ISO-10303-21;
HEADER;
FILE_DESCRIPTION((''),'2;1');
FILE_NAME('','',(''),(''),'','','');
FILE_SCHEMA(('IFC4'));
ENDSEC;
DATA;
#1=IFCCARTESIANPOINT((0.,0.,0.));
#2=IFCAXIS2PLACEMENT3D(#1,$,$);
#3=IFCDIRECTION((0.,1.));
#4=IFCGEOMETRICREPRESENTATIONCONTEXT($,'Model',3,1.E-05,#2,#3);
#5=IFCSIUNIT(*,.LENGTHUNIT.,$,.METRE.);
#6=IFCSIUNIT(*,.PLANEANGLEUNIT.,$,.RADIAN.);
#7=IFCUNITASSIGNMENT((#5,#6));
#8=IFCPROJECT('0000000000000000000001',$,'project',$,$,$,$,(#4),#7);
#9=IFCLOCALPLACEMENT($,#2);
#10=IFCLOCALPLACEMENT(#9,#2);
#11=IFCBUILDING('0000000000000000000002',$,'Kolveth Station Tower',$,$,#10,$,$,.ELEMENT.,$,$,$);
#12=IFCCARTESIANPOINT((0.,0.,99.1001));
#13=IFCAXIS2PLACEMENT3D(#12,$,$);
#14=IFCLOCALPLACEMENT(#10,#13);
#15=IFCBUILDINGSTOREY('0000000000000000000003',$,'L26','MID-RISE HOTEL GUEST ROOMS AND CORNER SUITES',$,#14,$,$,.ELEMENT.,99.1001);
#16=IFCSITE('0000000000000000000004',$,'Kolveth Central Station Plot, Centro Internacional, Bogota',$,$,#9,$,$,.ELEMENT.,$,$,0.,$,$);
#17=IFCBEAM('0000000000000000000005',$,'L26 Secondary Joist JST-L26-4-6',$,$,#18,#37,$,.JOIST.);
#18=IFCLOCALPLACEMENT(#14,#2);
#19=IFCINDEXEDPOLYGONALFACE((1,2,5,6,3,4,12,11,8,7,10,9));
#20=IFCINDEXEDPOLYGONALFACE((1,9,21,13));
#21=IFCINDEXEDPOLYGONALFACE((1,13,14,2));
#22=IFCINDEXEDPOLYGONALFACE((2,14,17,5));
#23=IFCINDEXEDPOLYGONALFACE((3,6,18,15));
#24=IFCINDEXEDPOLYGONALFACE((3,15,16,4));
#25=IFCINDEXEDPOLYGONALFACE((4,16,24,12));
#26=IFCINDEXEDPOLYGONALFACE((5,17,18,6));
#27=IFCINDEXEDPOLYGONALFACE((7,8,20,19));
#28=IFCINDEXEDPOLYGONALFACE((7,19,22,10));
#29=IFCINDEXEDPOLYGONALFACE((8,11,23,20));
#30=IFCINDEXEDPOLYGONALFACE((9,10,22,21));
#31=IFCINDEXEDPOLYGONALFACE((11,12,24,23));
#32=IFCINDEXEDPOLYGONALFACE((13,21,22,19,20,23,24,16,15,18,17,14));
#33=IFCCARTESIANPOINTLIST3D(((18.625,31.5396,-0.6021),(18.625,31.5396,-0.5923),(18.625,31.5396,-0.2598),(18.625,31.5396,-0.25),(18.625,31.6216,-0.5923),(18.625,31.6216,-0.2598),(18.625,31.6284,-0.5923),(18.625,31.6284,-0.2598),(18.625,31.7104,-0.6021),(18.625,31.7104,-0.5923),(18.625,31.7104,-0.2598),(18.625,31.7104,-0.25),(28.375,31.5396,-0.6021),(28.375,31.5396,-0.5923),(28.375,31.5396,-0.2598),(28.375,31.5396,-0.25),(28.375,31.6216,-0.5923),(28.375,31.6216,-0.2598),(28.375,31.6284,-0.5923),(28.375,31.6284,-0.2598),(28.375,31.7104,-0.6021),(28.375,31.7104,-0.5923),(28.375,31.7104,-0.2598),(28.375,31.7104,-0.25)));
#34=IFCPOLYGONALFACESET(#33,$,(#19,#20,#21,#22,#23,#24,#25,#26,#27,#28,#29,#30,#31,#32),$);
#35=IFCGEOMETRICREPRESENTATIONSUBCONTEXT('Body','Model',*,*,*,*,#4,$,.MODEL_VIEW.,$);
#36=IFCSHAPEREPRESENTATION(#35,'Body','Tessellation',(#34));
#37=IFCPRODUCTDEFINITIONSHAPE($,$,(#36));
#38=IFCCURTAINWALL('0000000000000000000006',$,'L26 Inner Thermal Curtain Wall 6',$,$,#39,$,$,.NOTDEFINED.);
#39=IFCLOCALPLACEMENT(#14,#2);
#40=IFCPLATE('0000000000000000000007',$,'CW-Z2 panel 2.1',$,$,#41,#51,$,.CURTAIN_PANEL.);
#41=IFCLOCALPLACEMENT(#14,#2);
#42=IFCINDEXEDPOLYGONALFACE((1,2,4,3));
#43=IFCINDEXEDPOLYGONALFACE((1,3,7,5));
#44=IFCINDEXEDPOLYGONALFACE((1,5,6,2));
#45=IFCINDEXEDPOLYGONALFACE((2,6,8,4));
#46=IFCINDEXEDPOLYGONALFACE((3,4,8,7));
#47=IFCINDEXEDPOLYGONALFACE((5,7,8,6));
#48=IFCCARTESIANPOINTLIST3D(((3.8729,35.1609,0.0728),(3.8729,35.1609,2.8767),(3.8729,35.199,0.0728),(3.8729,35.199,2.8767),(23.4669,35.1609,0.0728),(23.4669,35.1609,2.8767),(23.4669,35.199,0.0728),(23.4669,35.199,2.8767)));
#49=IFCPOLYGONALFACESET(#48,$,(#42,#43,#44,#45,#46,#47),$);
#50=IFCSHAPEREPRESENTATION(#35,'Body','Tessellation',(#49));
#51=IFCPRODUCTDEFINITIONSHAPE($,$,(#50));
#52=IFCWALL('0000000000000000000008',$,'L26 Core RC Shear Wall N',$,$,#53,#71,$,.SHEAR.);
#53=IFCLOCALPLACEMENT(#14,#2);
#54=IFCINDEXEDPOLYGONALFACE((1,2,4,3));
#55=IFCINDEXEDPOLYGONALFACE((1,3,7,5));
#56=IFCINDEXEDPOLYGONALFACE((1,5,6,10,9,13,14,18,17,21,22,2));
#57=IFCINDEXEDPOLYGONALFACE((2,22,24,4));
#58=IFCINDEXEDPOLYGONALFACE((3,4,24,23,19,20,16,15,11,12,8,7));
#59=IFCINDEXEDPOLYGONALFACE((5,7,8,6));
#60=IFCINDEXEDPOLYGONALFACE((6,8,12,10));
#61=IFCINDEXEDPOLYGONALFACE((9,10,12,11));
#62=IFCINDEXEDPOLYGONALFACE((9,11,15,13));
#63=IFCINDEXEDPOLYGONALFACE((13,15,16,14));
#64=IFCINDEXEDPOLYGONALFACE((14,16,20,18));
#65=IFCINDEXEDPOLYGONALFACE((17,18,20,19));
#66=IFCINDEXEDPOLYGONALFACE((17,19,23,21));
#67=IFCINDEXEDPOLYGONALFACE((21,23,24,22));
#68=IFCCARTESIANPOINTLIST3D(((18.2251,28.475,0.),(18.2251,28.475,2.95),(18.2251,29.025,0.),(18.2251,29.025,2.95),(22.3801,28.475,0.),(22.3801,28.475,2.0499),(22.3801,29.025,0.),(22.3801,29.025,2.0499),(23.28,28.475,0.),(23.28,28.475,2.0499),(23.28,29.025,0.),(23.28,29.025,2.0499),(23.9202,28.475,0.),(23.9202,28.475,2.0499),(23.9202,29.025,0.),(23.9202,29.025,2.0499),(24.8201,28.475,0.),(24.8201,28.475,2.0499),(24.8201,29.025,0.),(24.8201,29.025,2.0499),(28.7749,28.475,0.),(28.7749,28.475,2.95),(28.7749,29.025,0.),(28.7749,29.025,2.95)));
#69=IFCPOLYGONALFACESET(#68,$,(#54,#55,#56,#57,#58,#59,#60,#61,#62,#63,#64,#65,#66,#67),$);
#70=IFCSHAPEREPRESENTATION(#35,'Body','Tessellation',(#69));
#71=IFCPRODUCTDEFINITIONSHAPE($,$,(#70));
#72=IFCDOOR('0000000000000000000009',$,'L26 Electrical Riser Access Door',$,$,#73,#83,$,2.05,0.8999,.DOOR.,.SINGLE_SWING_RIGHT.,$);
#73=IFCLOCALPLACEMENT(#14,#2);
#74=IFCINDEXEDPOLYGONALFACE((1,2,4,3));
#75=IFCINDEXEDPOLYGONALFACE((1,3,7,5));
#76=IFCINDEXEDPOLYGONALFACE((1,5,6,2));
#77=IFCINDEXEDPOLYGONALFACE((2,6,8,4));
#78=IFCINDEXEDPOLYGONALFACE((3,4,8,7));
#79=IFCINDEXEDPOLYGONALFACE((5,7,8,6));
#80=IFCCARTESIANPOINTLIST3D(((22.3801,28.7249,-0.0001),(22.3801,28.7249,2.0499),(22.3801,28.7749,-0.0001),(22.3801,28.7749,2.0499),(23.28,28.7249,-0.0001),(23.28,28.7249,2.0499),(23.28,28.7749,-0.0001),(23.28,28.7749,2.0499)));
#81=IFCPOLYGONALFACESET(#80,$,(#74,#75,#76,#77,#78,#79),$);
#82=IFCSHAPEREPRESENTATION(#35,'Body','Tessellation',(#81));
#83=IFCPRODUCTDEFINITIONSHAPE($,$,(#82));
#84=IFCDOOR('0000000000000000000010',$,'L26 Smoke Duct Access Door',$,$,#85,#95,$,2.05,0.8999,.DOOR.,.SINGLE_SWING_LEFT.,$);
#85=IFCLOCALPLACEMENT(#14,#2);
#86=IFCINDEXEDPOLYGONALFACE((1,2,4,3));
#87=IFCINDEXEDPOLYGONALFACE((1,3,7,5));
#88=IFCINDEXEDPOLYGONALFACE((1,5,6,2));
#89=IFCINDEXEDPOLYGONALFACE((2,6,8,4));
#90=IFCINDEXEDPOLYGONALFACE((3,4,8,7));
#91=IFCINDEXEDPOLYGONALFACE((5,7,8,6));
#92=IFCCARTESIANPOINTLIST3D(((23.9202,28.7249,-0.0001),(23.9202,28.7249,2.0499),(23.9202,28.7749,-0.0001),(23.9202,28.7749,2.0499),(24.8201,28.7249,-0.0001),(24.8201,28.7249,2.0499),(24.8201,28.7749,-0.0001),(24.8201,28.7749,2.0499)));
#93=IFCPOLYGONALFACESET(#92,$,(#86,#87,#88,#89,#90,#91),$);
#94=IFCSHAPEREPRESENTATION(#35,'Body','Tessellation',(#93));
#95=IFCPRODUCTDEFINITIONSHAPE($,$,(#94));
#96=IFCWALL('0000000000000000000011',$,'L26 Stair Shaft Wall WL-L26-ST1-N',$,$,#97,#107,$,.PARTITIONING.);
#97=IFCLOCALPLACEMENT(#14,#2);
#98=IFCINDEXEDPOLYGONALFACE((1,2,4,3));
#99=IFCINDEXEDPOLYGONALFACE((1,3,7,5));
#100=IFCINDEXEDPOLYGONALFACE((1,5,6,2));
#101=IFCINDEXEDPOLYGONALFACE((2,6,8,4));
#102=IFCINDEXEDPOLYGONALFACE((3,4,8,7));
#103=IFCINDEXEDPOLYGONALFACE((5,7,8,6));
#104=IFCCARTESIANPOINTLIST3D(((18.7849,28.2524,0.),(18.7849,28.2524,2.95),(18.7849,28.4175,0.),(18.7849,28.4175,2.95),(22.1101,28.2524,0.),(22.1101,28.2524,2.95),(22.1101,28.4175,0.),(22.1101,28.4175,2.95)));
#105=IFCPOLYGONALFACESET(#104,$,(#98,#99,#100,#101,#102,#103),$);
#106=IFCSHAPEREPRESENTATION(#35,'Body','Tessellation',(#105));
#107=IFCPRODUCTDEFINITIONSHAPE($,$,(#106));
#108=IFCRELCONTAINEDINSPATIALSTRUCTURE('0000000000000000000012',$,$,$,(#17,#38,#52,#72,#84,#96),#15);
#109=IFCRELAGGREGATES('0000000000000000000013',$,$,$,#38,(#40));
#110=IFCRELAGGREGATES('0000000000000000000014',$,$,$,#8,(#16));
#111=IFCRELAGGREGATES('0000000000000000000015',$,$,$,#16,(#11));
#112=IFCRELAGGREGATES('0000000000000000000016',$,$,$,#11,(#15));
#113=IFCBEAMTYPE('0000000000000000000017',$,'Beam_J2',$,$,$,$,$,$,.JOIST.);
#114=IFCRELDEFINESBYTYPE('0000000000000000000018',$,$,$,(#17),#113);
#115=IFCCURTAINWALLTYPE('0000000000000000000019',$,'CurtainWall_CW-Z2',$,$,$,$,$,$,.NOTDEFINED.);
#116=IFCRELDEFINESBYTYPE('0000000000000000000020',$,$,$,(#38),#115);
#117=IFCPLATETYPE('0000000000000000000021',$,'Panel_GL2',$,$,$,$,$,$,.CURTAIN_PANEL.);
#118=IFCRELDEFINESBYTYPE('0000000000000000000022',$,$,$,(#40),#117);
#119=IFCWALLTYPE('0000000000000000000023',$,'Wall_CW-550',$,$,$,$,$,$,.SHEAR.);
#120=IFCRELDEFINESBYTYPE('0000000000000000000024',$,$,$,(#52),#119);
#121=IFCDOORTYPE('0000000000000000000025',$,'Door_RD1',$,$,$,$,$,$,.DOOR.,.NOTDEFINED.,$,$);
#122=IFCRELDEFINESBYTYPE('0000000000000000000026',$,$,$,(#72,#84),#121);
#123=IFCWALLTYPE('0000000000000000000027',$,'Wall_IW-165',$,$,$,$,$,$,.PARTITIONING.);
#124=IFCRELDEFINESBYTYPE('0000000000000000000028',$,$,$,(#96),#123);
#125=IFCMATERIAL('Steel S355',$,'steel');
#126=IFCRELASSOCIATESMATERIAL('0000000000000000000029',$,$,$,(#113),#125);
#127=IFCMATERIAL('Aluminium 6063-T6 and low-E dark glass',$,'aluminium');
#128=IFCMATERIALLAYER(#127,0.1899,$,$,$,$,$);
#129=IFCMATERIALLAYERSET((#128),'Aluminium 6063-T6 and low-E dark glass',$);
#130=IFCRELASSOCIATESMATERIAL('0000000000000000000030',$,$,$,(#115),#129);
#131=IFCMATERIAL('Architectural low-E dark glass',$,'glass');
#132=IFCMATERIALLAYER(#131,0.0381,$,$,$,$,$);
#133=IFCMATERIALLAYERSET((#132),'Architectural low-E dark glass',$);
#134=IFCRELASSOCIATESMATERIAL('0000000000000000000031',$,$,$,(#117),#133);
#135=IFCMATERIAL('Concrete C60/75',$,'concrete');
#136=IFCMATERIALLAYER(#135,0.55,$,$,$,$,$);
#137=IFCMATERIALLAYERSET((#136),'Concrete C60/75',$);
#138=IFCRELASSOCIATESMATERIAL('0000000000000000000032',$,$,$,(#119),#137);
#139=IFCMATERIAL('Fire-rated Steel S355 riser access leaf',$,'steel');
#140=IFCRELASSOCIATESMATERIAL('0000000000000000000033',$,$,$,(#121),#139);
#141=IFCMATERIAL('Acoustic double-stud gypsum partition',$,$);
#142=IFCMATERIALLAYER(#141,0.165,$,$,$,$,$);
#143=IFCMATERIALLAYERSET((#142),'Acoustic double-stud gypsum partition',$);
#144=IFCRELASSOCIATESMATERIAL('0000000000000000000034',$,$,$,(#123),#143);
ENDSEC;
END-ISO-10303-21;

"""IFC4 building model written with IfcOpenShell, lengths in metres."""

from ifc_helpers import new_model, si_unit, direction, frame, frame_2d, origin, origin_2d, place, context, subcontext, project, spatial, rectangle, i_section, extrude, source, transform, mapped, material, layer, layer_set, material_profile, profile_set, type_object, element, fill, aggregate, save


model = new_model("IFC4")

# Units and contexts
model_context = context("Model", 3, precision=1e-05, world=origin(), true_north=direction((0.0, 1.0)))
body_context = subcontext(model_context, "Body", "Model", "MODEL_VIEW")
ifc_project = project(units=[si_unit("LENGTHUNIT", "METRE"), si_unit("PLANEANGLEUNIT", "RADIAN")], contexts=[model_context])

# Site, building, storey
site_placement = place(None, origin())
site = spatial("IfcSite", under=ifc_project, at=site_placement, Name="Kolveth Central Station Plot, Centro Internacional, Bogota", CompositionType="ELEMENT", RefElevation=0.0)
building_placement = place(site_placement, origin())
building = spatial("IfcBuilding", under=site, at=building_placement, Name="Kolveth Station Tower", CompositionType="ELEMENT")
storey_placement = place(building_placement, frame((0.0, 0.0, 99.1001)))
storey = spatial("IfcBuildingStorey", under=building, at=storey_placement, Name="L26", Description="MID-RISE HOTEL GUEST ROOMS AND CORNER SUITES", CompositionType="ELEMENT", Elevation=99.1001)

# Shared definitions
ifc_material_1 = material(Name="Steel S355", Category="steel")

# Beam
ifc_material_profile_1 = material_profile(ifc_material_1, i_section(OverallWidth=0.1709, OverallDepth=0.3521, WebThickness=0.0068, FlangeThickness=0.0098, at=origin_2d()), Name="W360x44")
ifc_profile_set_1 = profile_set([ifc_material_profile_1], Name="Steel S355")
beam_type_1 = type_object("IfcBeamType", Name="Beam_J2", PredefinedType="JOIST", material=ifc_profile_set_1)
shared_shape_1 = source(origin(), body_context, "Body", "SweptSolid", [
    extrude(i_section(OverallWidth=0.1709, OverallDepth=0.3521, WebThickness=0.0068, FlangeThickness=0.0098, at=origin_2d()), origin(), (0.0, 0.0, 1.0), 9.75),
])
beam_1_placement = place(storey_placement, frame((18.625, 31.625, -0.426), z_axis=(1.0, 0.0, 0.0), x_axis=(0.0, 1.0, 0.0)))
element("IfcBeam", 1, at=beam_1_placement, inside=storey, type_object=beam_type_1, Name="L26 Secondary Joist JST-L26-4-6", PredefinedType="JOIST", context=body_context, shape_type="MappedRepresentation", body=[
    mapped(shared_shape_1, transform((0.0, 0.0, 0.0), x_axis=(1.0, 0.0, 0.0), y_axis=(0.0, 1.0, 0.0), z_axis=(0.0, 0.0, 1.0), scale=1.0)),
])

# Curtain wall, plate
ifc_material_2 = material(Name="Aluminium 6063-T6 and low-E dark glass", Category="aluminium")
ifc_layer_1 = layer(ifc_material_2, 0.1899)
ifc_layer_set_1 = layer_set([ifc_layer_1], Name="Aluminium 6063-T6 and low-E dark glass")
curtain_wall_type = type_object("IfcCurtainWallType", Name="CurtainWall_CW-Z2", PredefinedType="NOTDEFINED", material=ifc_layer_set_1)
curtain_wall_placement = place(storey_placement, origin())
curtain_wall = element("IfcCurtainWall", 2, at=curtain_wall_placement, inside=storey, type_object=curtain_wall_type, Name="L26 Inner Thermal Curtain Wall 6", PredefinedType="NOTDEFINED")
ifc_material_3 = material(Name="Architectural low-E dark glass", Category="glass")
ifc_layer_2 = layer(ifc_material_3, 0.0381)
ifc_layer_set_2 = layer_set([ifc_layer_2], Name="Architectural low-E dark glass")
plate_type = type_object("IfcPlateType", Name="Panel_GL2", PredefinedType="CURTAIN_PANEL", material=ifc_layer_set_2)
shared_shape_2 = source(origin(), body_context, "Body", "SweptSolid", [
    extrude(rectangle(XDim=19.594, YDim=0.0381, at=origin_2d()), origin(), (0.0, 0.0, 1.0), 2.804),
])
plate_placement = place(storey_placement, frame((13.6699, 35.1799, 0.0728), z_axis=(0.0, 0.0, 1.0), x_axis=(-1.0, 0.0, 0.0)))
plate = element("IfcPlate", 3, at=plate_placement, type_object=plate_type, Name="CW-Z2 panel 2.1", PredefinedType="CURTAIN_PANEL", context=body_context, shape_type="MappedRepresentation", body=[
    mapped(shared_shape_2, transform((0.0, 0.0, 0.0), x_axis=(1.0, 0.0, 0.0), y_axis=(0.0, 1.0, 0.0), z_axis=(0.0, 0.0, 1.0), scale=1.0)),
])
aggregate(curtain_wall, [plate])

# Wall, openings, doors
ifc_material_4 = material(Name="Concrete C60/75", Category="concrete")
ifc_layer_3 = layer(ifc_material_4, 0.55)
ifc_layer_set_3 = layer_set([ifc_layer_3], Name="Concrete C60/75")
wall_type_1 = type_object("IfcWallType", Name="Wall_CW-550", PredefinedType="SHEAR", material=ifc_layer_set_3)
wall_1_placement = place(storey_placement, frame((18.2251, 28.75, 0.0), z_axis=(0.0, 0.0, 1.0), x_axis=(1.0, 0.0, 0.0)))
wall_1 = element("IfcWall", 4, at=wall_1_placement, inside=storey, type_object=wall_type_1, Name="L26 Core RC Shear Wall N", PredefinedType="SHEAR", context=body_context, shape_type="SweptSolid", body=[
    extrude(rectangle(XDim=10.5498, YDim=0.55, at=frame_2d((5.2749, 0.0))), origin(), (0.0, 0.0, 1.0), 2.95),
])
opening_1_placement = place(wall_1_placement, frame((4.155, 0.0, 0.0)))
opening_1 = element("IfcOpeningElement", 5, at=opening_1_placement, cuts=wall_1, PredefinedType="OPENING", context=body_context, shape_type="SweptSolid", body=[
    extrude(rectangle(XDim=0.8999, YDim=2.05, at=frame_2d((0.45, 1.0249))), frame((0.0, 0.2849, 0.0), z_axis=(0.0, -1.0, 0.0), x_axis=(1.0, 0.0, 0.0)), (0.0, 0.0, 1.0), 0.5701),
])
opening_2_placement = place(wall_1_placement, frame((5.6951, 0.0, 0.0)))
opening_2 = element("IfcOpeningElement", 6, at=opening_2_placement, cuts=wall_1, PredefinedType="OPENING", context=body_context, shape_type="SweptSolid", body=[
    extrude(rectangle(XDim=0.8999, YDim=2.05, at=frame_2d((0.45, 1.0249))), frame((0.0, 0.2849, 0.0), z_axis=(0.0, -1.0, 0.0), x_axis=(1.0, 0.0, 0.0)), (0.0, 0.0, 1.0), 0.5701),
])
ifc_material_5 = material(Name="Fire-rated Steel S355 riser access leaf", Category="steel")
door_type_1 = type_object("IfcDoorType", Name="Door_RD1", OperationType="NOTDEFINED", PredefinedType="DOOR", material=ifc_material_5)
door_1_placement = place(opening_1_placement, origin())
door_1 = element("IfcDoor", 7, at=door_1_placement, inside=storey, type_object=door_type_1, Name="L26 Electrical Riser Access Door", OperationType="SINGLE_SWING_RIGHT", OverallHeight=2.05, OverallWidth=0.8999, PredefinedType="DOOR", context=body_context, shape_type="SweptSolid", body=[
    extrude(rectangle(XDim=0.8999, YDim=2.05, at=frame_2d((0.45, 1.0249))), frame((0.0, 0.0249, 0.0), z_axis=(0.0, -1.0, 0.0), x_axis=(1.0, 0.0, 0.0)), (0.0, 0.0, 1.0), 0.05),
])
fill(opening_1, door_1)
door_2_placement = place(opening_2_placement, origin())
door_2 = element("IfcDoor", 8, at=door_2_placement, inside=storey, type_object=door_type_1, Name="L26 Smoke Duct Access Door", OperationType="SINGLE_SWING_LEFT", OverallHeight=2.05, OverallWidth=0.8999, PredefinedType="DOOR", context=body_context, shape_type="SweptSolid", body=[
    extrude(rectangle(XDim=0.8999, YDim=2.05, at=frame_2d((0.45, 1.0249))), frame((0.0, 0.0249, 0.0), z_axis=(0.0, -1.0, 0.0), x_axis=(1.0, 0.0, 0.0)), (0.0, 0.0, 1.0), 0.05),
])
fill(opening_2, door_2)

# Wall
ifc_material_6 = material(Name="Acoustic double-stud gypsum partition")
ifc_layer_4 = layer(ifc_material_6, 0.165)
ifc_layer_set_4 = layer_set([ifc_layer_4], Name="Acoustic double-stud gypsum partition")
wall_type_2 = type_object("IfcWallType", Name="Wall_IW-165", PredefinedType="PARTITIONING", material=ifc_layer_set_4)
wall_2_placement = place(storey_placement, frame((18.7849, 28.335, 0.0), z_axis=(0.0, 0.0, 1.0), x_axis=(1.0, 0.0, 0.0)))
element("IfcWall", 9, at=wall_2_placement, inside=storey, type_object=wall_type_2, Name="L26 Stair Shaft Wall WL-L26-ST1-N", PredefinedType="PARTITIONING", context=body_context, shape_type="SweptSolid", body=[
    extrude(rectangle(XDim=3.3252, YDim=0.165, at=frame_2d((1.6626, 0.0))), origin(), (0.0, 0.0, 1.0), 2.95),
])

save(model, "model.ifc")
